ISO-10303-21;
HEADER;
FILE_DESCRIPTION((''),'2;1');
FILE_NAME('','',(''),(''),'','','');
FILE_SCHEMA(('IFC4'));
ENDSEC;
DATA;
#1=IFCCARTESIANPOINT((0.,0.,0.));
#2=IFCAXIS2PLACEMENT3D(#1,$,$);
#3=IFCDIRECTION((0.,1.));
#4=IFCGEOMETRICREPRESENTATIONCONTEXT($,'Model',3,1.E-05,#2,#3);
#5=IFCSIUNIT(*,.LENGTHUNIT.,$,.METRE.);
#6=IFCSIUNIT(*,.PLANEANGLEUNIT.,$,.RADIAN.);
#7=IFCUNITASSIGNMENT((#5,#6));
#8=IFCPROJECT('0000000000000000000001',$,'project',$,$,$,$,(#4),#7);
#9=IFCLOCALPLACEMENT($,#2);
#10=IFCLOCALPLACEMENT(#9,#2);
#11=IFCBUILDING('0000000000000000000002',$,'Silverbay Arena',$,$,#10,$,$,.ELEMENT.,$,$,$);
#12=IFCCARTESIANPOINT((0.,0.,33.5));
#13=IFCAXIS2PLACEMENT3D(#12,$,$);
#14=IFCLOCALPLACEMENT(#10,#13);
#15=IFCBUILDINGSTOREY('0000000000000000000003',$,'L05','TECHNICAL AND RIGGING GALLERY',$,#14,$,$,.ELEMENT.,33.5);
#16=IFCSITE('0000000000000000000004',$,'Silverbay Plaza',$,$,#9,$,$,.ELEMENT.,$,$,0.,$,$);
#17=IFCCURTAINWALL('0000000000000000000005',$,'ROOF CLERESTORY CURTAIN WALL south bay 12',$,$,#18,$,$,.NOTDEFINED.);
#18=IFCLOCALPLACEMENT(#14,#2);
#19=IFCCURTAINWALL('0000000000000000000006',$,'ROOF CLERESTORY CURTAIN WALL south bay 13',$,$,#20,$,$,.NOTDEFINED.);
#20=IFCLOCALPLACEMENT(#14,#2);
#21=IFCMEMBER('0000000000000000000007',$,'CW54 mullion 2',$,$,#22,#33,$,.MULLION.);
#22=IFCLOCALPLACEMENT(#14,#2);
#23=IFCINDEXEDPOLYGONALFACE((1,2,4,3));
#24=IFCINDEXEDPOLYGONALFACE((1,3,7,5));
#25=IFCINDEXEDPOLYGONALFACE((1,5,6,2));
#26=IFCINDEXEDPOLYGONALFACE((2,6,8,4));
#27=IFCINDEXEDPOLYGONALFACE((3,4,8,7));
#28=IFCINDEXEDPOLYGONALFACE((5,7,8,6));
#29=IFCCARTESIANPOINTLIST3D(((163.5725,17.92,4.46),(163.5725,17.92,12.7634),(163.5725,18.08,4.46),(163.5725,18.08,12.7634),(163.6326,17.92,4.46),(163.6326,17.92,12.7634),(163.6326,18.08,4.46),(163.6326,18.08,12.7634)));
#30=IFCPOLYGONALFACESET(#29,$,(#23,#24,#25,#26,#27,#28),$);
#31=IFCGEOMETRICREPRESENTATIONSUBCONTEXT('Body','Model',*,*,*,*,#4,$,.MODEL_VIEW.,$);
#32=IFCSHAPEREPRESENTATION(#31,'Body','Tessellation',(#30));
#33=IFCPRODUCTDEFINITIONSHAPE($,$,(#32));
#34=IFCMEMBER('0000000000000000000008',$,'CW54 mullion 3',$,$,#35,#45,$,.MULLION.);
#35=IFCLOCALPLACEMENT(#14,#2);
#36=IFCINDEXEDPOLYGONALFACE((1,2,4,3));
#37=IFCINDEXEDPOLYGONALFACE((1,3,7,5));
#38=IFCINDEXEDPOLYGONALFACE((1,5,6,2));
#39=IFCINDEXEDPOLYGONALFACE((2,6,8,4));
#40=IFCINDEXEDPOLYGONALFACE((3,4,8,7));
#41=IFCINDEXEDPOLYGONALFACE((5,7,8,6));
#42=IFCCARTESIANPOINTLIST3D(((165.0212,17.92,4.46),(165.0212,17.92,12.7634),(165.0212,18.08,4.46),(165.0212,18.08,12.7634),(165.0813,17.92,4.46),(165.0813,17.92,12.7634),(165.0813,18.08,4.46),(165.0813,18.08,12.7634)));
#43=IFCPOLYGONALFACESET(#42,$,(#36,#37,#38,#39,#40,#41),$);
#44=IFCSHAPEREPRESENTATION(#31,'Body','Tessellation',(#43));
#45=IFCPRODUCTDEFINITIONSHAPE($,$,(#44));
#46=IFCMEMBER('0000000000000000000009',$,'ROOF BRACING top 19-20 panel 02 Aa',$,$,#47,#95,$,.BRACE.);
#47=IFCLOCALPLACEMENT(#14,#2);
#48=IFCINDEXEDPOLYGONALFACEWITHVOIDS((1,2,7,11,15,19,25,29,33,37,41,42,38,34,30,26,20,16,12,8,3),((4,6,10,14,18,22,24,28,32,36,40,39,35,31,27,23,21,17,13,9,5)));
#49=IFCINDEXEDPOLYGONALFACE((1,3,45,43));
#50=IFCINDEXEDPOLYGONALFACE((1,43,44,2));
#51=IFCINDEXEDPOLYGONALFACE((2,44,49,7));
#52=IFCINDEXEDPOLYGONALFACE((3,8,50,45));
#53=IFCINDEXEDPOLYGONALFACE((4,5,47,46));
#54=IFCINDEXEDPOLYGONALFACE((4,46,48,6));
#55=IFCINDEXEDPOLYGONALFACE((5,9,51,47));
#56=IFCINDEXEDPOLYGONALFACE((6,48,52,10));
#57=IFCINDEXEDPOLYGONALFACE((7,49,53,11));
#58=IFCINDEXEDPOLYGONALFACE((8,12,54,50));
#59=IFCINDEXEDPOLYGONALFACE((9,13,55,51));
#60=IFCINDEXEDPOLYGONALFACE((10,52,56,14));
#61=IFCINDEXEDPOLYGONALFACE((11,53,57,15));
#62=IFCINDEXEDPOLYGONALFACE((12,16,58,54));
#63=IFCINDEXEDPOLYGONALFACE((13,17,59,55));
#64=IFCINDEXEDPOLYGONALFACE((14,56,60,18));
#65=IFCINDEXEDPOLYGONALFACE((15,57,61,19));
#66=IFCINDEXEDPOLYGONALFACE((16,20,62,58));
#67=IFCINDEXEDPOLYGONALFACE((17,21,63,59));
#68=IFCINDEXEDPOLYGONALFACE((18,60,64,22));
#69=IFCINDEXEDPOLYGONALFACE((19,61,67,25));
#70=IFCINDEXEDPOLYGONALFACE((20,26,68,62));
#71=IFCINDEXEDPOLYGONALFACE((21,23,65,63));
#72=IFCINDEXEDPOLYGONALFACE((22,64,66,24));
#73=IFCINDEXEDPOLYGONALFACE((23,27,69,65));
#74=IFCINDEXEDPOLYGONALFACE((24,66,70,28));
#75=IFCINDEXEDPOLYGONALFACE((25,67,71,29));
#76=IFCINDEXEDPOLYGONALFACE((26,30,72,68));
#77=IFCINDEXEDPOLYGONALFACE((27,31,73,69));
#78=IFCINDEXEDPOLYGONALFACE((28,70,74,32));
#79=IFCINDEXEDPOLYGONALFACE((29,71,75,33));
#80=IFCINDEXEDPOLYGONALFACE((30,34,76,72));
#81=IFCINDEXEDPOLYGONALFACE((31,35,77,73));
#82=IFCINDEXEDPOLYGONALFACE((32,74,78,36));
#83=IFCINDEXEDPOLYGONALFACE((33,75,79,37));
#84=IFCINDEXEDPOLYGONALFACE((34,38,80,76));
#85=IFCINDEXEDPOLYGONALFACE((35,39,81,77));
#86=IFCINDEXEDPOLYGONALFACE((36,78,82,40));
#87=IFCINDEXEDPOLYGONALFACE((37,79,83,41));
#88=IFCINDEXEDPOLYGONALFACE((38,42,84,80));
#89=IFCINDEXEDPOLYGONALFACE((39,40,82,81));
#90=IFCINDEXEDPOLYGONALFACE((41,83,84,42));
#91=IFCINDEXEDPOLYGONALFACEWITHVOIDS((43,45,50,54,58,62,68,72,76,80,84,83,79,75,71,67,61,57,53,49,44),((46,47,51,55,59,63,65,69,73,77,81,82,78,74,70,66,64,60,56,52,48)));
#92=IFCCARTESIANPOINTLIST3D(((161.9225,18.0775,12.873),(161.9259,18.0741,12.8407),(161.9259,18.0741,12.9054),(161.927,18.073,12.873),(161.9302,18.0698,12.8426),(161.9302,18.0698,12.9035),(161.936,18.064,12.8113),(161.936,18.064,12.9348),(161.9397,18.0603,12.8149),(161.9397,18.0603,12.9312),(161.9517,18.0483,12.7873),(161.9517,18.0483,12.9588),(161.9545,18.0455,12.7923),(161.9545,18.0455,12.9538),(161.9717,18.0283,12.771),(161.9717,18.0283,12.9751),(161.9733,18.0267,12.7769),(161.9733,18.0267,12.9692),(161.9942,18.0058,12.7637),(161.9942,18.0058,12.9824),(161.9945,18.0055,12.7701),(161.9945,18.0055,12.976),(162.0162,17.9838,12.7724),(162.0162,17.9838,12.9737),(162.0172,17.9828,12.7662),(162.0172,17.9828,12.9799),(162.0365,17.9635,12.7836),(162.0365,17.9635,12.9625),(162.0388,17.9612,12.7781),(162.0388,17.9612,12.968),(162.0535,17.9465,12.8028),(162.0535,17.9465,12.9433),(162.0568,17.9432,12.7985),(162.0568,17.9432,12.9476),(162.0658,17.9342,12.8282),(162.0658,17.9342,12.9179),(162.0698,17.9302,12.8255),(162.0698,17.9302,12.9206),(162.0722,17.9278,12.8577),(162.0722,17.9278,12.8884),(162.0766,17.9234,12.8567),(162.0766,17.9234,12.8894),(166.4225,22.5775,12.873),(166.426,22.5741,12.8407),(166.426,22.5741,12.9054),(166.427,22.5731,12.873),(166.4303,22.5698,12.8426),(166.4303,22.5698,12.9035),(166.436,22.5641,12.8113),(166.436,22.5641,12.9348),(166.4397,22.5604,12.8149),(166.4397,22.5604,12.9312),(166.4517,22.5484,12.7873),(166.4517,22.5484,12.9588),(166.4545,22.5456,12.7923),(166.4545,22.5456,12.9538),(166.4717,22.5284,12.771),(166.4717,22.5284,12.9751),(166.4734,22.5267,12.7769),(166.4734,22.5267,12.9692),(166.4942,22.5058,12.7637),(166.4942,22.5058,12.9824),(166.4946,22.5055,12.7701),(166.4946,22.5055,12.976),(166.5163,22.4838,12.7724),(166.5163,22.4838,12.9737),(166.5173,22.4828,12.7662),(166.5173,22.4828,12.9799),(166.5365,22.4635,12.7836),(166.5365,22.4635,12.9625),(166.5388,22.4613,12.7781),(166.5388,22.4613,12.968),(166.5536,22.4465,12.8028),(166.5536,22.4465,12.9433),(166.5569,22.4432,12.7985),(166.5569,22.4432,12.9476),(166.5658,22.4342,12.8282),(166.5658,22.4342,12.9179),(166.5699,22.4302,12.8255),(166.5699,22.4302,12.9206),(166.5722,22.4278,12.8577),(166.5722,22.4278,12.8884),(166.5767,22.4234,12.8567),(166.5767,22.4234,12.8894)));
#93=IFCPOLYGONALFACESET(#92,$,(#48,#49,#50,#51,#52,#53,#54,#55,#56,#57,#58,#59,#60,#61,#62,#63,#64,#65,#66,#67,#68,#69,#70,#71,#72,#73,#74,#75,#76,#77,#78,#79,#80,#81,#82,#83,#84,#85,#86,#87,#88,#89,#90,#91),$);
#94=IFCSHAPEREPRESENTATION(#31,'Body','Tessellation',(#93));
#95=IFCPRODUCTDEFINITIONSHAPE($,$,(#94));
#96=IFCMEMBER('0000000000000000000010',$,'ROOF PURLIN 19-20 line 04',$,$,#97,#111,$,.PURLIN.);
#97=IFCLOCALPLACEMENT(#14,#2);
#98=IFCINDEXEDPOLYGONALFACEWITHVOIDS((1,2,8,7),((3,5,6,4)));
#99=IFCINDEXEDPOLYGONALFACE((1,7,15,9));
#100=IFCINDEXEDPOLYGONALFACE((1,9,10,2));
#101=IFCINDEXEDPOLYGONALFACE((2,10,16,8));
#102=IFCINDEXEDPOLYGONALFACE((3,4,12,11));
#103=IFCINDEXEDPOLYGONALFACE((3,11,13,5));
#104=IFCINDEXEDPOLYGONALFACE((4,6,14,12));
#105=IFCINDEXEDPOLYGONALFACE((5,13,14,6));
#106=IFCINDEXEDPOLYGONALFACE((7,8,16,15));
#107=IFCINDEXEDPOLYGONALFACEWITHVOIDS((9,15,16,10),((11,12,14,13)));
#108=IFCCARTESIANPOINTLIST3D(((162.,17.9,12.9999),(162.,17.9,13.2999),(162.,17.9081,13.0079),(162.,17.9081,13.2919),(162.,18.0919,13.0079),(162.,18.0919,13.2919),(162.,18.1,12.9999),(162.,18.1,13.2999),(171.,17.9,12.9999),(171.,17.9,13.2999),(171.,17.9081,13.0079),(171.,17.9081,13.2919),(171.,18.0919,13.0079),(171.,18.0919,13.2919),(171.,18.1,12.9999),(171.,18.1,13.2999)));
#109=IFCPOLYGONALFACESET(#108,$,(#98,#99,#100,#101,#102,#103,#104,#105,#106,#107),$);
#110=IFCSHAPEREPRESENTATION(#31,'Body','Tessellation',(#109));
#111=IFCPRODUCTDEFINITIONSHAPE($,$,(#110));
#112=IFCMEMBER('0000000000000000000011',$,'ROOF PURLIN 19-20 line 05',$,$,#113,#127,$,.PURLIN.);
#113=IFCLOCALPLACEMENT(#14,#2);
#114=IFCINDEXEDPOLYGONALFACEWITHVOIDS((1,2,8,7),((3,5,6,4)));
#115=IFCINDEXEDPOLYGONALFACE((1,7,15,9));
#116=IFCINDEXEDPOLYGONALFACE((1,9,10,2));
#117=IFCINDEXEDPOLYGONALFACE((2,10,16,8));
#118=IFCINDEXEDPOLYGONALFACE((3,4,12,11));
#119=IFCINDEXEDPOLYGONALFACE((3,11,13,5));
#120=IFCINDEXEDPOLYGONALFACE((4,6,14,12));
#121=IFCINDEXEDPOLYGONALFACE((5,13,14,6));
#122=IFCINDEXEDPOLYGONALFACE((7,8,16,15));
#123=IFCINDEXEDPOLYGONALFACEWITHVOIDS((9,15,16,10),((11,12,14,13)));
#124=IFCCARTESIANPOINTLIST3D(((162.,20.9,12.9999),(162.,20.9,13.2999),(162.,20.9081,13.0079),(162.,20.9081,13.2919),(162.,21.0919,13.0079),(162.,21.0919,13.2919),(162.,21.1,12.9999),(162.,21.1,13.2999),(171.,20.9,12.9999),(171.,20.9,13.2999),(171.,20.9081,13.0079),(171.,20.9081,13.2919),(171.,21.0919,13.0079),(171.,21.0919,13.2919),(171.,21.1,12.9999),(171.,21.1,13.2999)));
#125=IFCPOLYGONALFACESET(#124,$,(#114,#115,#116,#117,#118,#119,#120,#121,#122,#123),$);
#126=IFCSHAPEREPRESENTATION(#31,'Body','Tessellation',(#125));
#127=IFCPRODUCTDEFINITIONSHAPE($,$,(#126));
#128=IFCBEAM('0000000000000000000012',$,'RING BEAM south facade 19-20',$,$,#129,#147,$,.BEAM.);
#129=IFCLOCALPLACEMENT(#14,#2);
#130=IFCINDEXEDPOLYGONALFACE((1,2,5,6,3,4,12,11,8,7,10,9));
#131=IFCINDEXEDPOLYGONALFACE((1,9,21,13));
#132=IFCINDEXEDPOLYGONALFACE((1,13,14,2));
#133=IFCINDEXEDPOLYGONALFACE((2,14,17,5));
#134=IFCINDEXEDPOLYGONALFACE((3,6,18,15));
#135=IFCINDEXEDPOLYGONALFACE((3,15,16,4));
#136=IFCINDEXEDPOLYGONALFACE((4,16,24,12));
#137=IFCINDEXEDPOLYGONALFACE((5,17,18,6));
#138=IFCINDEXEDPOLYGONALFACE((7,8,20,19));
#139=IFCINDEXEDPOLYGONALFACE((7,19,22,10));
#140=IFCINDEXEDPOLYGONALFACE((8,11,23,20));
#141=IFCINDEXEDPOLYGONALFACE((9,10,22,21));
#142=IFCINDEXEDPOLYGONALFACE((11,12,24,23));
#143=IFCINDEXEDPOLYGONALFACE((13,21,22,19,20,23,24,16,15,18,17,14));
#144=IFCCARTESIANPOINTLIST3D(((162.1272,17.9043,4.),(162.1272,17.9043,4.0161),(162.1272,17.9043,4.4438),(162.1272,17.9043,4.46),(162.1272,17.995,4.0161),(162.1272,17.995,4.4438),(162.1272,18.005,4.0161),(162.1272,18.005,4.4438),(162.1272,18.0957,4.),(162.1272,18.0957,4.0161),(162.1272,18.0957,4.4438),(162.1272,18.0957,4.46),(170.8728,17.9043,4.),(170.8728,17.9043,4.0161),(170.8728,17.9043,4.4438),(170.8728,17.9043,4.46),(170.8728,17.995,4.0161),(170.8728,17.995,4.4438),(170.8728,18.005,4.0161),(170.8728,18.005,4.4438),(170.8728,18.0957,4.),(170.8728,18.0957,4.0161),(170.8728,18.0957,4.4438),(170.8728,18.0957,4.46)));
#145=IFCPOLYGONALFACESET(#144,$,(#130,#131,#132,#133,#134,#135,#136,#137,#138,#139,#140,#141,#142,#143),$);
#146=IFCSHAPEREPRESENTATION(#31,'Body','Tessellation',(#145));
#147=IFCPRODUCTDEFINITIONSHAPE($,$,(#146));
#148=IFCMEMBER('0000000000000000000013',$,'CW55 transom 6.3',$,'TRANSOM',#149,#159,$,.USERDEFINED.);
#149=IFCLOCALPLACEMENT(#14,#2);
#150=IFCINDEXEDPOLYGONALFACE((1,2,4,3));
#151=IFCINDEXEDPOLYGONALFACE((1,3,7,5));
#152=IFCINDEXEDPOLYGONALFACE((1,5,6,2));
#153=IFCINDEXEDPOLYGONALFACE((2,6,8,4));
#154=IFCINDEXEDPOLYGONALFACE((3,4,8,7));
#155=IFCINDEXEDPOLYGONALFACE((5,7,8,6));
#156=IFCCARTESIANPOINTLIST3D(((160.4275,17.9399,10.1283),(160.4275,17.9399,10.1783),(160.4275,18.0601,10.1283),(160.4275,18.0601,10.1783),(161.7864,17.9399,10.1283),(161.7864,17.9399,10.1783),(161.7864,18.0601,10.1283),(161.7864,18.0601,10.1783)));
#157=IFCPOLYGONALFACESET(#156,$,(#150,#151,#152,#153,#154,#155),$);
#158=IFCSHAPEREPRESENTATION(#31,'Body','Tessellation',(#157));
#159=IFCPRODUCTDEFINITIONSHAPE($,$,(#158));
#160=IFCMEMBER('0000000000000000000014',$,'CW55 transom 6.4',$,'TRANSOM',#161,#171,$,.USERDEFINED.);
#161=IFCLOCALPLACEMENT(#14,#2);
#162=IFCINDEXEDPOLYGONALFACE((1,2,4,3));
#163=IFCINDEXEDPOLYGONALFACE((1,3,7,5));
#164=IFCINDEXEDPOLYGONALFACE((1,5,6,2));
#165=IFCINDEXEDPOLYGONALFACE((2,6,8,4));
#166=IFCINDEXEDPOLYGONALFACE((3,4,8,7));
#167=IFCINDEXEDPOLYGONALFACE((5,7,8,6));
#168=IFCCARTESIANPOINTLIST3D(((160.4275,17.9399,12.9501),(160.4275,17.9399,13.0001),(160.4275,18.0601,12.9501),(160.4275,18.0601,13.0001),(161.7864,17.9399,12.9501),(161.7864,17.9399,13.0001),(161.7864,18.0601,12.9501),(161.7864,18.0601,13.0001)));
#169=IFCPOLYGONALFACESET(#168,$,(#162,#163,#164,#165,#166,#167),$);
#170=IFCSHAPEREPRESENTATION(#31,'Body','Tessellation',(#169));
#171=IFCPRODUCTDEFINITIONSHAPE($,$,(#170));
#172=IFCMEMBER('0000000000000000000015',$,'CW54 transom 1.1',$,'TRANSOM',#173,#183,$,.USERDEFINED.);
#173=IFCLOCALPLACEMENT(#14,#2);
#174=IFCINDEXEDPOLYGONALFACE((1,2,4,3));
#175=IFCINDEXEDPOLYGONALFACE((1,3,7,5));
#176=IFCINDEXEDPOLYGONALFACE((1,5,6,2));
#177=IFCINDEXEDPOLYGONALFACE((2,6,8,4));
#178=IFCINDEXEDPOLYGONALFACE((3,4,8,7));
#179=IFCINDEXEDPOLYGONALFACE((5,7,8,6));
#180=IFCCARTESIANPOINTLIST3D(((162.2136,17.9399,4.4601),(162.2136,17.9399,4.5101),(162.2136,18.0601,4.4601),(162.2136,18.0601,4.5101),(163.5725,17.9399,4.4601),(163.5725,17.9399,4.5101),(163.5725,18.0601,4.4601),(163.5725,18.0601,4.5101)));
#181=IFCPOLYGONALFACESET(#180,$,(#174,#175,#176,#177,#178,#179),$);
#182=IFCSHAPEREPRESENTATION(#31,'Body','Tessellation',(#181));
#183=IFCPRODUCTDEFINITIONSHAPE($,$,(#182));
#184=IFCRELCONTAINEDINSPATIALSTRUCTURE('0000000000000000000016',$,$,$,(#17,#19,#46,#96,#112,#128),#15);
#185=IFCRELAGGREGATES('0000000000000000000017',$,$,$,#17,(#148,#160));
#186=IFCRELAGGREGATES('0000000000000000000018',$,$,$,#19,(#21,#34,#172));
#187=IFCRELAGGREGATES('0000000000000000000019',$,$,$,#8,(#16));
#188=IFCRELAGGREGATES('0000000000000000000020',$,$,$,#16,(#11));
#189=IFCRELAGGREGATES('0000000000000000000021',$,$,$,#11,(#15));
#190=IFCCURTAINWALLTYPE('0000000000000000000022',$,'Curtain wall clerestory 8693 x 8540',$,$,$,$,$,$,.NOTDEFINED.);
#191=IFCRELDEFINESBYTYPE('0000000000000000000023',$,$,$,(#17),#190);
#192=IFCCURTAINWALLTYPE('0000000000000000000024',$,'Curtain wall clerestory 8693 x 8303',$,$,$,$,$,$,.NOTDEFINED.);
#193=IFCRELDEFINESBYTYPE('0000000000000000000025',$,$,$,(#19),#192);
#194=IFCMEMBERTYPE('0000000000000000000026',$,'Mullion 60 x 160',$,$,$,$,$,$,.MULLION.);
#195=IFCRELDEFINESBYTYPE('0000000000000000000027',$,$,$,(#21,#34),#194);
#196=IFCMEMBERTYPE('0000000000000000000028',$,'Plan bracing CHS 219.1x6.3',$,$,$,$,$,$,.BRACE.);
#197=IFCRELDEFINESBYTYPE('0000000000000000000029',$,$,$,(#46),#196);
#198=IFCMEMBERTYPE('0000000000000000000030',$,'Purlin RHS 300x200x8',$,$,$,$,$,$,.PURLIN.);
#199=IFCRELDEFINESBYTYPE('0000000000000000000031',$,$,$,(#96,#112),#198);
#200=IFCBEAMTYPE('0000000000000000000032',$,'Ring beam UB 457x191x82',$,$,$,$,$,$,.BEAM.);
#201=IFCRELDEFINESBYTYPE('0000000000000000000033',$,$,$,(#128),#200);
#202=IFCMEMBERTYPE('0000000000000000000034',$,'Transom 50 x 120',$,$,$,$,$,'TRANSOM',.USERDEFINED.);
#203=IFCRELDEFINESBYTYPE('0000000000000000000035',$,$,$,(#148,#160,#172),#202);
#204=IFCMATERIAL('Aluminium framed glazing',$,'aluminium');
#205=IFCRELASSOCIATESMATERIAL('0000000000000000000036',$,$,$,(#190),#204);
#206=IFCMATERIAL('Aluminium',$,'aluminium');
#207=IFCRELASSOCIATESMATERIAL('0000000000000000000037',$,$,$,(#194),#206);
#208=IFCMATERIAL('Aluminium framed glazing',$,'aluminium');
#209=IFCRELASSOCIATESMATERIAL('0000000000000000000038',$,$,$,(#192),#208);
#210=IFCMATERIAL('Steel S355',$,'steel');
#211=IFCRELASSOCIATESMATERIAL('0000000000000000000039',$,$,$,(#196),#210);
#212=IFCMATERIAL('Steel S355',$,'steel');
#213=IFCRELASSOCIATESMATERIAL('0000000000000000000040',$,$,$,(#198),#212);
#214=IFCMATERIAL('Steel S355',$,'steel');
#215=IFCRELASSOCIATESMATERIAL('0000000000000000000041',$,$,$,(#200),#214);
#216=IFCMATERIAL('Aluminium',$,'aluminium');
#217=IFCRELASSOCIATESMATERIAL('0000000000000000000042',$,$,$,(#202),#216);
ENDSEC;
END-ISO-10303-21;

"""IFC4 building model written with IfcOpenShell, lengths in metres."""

from ifc_helpers import new_model, si_unit, direction, frame, origin, origin_2d, place, context, subcontext, project, spatial, rectangle, hollow_rectangle, hollow_circle, i_section, extrude, material, material_profile, profile_set, type_object, element, aggregate, save


model = new_model("IFC4")

# Units and contexts
model_context = context("Model", 3, precision=1e-05, world=origin(), true_north=direction((0.0, 1.0)))
body_context = subcontext(model_context, "Body", "Model", "MODEL_VIEW")
ifc_project = project(units=[si_unit("LENGTHUNIT", "METRE"), si_unit("PLANEANGLEUNIT", "RADIAN")], contexts=[model_context])

# Site, building, storey
site_placement = place(None, origin())
site = spatial("IfcSite", under=ifc_project, at=site_placement, Name="Silverbay Plaza", CompositionType="ELEMENT", RefElevation=0.0)
building_placement = place(site_placement, origin())
building = spatial("IfcBuilding", under=site, at=building_placement, Name="Silverbay Arena", CompositionType="ELEMENT")
storey_placement = place(building_placement, frame((0.0, 0.0, 33.5)))
storey = spatial("IfcBuildingStorey", under=building, at=storey_placement, Name="L05", Description="TECHNICAL AND RIGGING GALLERY", CompositionType="ELEMENT", Elevation=33.5)

# Curtain wall
ifc_material_1 = material(Name="Aluminium framed glazing", Category="aluminium")
curtain_wall_type_1 = type_object("IfcCurtainWallType", Name="Curtain wall clerestory 8693 x 8540", PredefinedType="NOTDEFINED", material=ifc_material_1)
curtain_wall_1_placement = place(storey_placement, origin())
curtain_wall_1 = element("IfcCurtainWall", 1, at=curtain_wall_1_placement, inside=storey, type_object=curtain_wall_type_1, Name="ROOF CLERESTORY CURTAIN WALL south bay 12", PredefinedType="NOTDEFINED")
ifc_material_2 = material(Name="Aluminium", Category="aluminium")
ifc_material_profile_1 = material_profile(ifc_material_2, rectangle(XDim=0.1599, YDim=0.0601, at=origin_2d()), Name="Mullion 60 x 160")
ifc_profile_set_1 = profile_set([ifc_material_profile_1], Name="Aluminium")
member_type_1 = type_object("IfcMemberType", Name="Mullion 60 x 160", PredefinedType="MULLION", material=ifc_profile_set_1)

# Curtain wall, members
ifc_material_3 = material(Name="Aluminium framed glazing", Category="aluminium")
curtain_wall_type_2 = type_object("IfcCurtainWallType", Name="Curtain wall clerestory 8693 x 8303", PredefinedType="NOTDEFINED", material=ifc_material_3)
curtain_wall_2_placement = place(storey_placement, origin())
curtain_wall_2 = element("IfcCurtainWall", 2, at=curtain_wall_2_placement, inside=storey, type_object=curtain_wall_type_2, Name="ROOF CLERESTORY CURTAIN WALL south bay 13", PredefinedType="NOTDEFINED")
member_1_placement = place(storey_placement, frame((163.6025, 18.0, 4.46), z_axis=(0.0, 0.0, 1.0), x_axis=(0.0, 1.0, 0.0)))
member_1 = element("IfcMember", 3, at=member_1_placement, type_object=member_type_1, Name="CW54 mullion 2", PredefinedType="MULLION", context=body_context, shape_type="SweptSolid", body=[
    extrude(rectangle(XDim=0.1599, YDim=0.0601, at=origin_2d()), origin(), (0.0, 0.0, 1.0), 8.3035),
])
member_2_placement = place(storey_placement, frame((165.0513, 18.0, 4.46), z_axis=(0.0, 0.0, 1.0), x_axis=(0.0, 1.0, 0.0)))
member_2 = element("IfcMember", 4, at=member_2_placement, type_object=member_type_1, Name="CW54 mullion 3", PredefinedType="MULLION", context=body_context, shape_type="SweptSolid", body=[
    extrude(rectangle(XDim=0.1599, YDim=0.0601, at=origin_2d()), origin(), (0.0, 0.0, 1.0), 8.3035),
])

# Members
ifc_material_4 = material(Name="Steel S355", Category="steel")
ifc_material_profile_2 = material_profile(ifc_material_4, hollow_circle(Radius=0.1096, WallThickness=0.0063, at=origin_2d()), Name="CHS 219.1x6.3")
ifc_profile_set_2 = profile_set([ifc_material_profile_2], Name="Steel S355")
member_type_2 = type_object("IfcMemberType", Name="Plan bracing CHS 219.1x6.3", PredefinedType="BRACE", material=ifc_profile_set_2)
member_3_placement = place(storey_placement, frame((162.0, 18.0, 12.873), z_axis=(0.707107, 0.707107, 0.0), x_axis=(-0.707107, 0.707107, 0.0)))
element("IfcMember", 5, at=member_3_placement, inside=storey, type_object=member_type_2, Name="ROOF BRACING top 19-20 panel 02 Aa", PredefinedType="BRACE", context=body_context, shape_type="SweptSolid", body=[
    extrude(hollow_circle(Radius=0.1096, WallThickness=0.0063, at=origin_2d()), origin(), (0.0, 0.0, 1.0), 6.364),
])
ifc_material_5 = material(Name="Steel S355", Category="steel")
ifc_material_profile_3 = material_profile(ifc_material_5, hollow_rectangle(XDim=0.2, YDim=0.3, WallThickness=0.0081, at=origin_2d()), Name="RHS 300x200x8")
ifc_profile_set_3 = profile_set([ifc_material_profile_3], Name="Steel S355")
member_type_3 = type_object("IfcMemberType", Name="Purlin RHS 300x200x8", PredefinedType="PURLIN", material=ifc_profile_set_3)
for number, where, z_axis, x_axis, name in (
    (6, (162.0, 18.0, 13.1499), (1.0, 0.0, 0.0), (0.0, 1.0, 0.0), "ROOF PURLIN 19-20 line 04"),
    (7, (162.0, 21.0, 13.1499), (1.0, 0.0, 0.0), (0.0, 1.0, 0.0), "ROOF PURLIN 19-20 line 05"),
):
    element("IfcMember", number, at=place(storey_placement, frame(where, z_axis=z_axis, x_axis=x_axis)), inside=storey, type_object=member_type_3, Name=name, PredefinedType="PURLIN", context=body_context, shape_type="SweptSolid", body=[
        extrude(hollow_rectangle(XDim=0.2, YDim=0.3, WallThickness=0.0081, at=origin_2d()), origin(), (0.0, 0.0, 1.0), 9.0),
    ])

# Beam
ifc_material_6 = material(Name="Steel S355", Category="steel")
ifc_material_profile_4 = material_profile(ifc_material_6, i_section(OverallWidth=0.1914, OverallDepth=0.46, WebThickness=0.01, FlangeThickness=0.0161, at=origin_2d()), Name="UB 457x191x82")
ifc_profile_set_4 = profile_set([ifc_material_profile_4], Name="Steel S355")
beam_type = type_object("IfcBeamType", Name="Ring beam UB 457x191x82", PredefinedType="BEAM", material=ifc_profile_set_4)
beam_placement = place(storey_placement, frame((162.1272, 18.0, 4.23), z_axis=(1.0, 0.0, 0.0), x_axis=(0.0, 1.0, 0.0)))
element("IfcBeam", 8, at=beam_placement, inside=storey, type_object=beam_type, Name="RING BEAM south facade 19-20", PredefinedType="BEAM", context=body_context, shape_type="SweptSolid", body=[
    extrude(i_section(OverallWidth=0.1914, OverallDepth=0.46, WebThickness=0.01, FlangeThickness=0.0161, at=origin_2d()), origin(), (0.0, 0.0, 1.0), 8.7456),
])

# Members
ifc_material_7 = material(Name="Aluminium", Category="aluminium")
ifc_material_profile_5 = material_profile(ifc_material_7, rectangle(XDim=0.1201, YDim=0.05, at=origin_2d()), Name="Transom 50 x 120")
ifc_profile_set_5 = profile_set([ifc_material_profile_5], Name="Aluminium")
member_type_4 = type_object("IfcMemberType", Name="Transom 50 x 120", ElementType="TRANSOM", PredefinedType="USERDEFINED", material=ifc_profile_set_5)
member_4_placement = place(storey_placement, frame((160.4275, 18.0, 10.1533), z_axis=(1.0, 0.0, 0.0), x_axis=(0.0, 1.0, 0.0)))
member_4 = element("IfcMember", 9, at=member_4_placement, type_object=member_type_4, Name="CW55 transom 6.3", ObjectType="TRANSOM", PredefinedType="USERDEFINED", context=body_context, shape_type="SweptSolid", body=[
    extrude(rectangle(XDim=0.1201, YDim=0.05, at=origin_2d()), origin(), (0.0, 0.0, 1.0), 1.3589),
])
member_5_placement = place(storey_placement, frame((160.4275, 18.0, 12.9751), z_axis=(1.0, 0.0, 0.0), x_axis=(0.0, 1.0, 0.0)))
member_5 = element("IfcMember", 10, at=member_5_placement, type_object=member_type_4, Name="CW55 transom 6.4", ObjectType="TRANSOM", PredefinedType="USERDEFINED", context=body_context, shape_type="SweptSolid", body=[
    extrude(rectangle(XDim=0.1201, YDim=0.05, at=origin_2d()), origin(), (0.0, 0.0, 1.0), 1.3589),
])
member_6_placement = place(storey_placement, frame((162.2136, 18.0, 4.4851), z_axis=(1.0, 0.0, 0.0), x_axis=(0.0, 1.0, 0.0)))
member_6 = element("IfcMember", 11, at=member_6_placement, type_object=member_type_4, Name="CW54 transom 1.1", ObjectType="TRANSOM", PredefinedType="USERDEFINED", context=body_context, shape_type="SweptSolid", body=[
    extrude(rectangle(XDim=0.1201, YDim=0.05, at=origin_2d()), origin(), (0.0, 0.0, 1.0), 1.3589),
])

aggregate(curtain_wall_1, [member_4, member_5])
aggregate(curtain_wall_2, [member_1, member_2, member_6])

save(model, "model.ifc")
